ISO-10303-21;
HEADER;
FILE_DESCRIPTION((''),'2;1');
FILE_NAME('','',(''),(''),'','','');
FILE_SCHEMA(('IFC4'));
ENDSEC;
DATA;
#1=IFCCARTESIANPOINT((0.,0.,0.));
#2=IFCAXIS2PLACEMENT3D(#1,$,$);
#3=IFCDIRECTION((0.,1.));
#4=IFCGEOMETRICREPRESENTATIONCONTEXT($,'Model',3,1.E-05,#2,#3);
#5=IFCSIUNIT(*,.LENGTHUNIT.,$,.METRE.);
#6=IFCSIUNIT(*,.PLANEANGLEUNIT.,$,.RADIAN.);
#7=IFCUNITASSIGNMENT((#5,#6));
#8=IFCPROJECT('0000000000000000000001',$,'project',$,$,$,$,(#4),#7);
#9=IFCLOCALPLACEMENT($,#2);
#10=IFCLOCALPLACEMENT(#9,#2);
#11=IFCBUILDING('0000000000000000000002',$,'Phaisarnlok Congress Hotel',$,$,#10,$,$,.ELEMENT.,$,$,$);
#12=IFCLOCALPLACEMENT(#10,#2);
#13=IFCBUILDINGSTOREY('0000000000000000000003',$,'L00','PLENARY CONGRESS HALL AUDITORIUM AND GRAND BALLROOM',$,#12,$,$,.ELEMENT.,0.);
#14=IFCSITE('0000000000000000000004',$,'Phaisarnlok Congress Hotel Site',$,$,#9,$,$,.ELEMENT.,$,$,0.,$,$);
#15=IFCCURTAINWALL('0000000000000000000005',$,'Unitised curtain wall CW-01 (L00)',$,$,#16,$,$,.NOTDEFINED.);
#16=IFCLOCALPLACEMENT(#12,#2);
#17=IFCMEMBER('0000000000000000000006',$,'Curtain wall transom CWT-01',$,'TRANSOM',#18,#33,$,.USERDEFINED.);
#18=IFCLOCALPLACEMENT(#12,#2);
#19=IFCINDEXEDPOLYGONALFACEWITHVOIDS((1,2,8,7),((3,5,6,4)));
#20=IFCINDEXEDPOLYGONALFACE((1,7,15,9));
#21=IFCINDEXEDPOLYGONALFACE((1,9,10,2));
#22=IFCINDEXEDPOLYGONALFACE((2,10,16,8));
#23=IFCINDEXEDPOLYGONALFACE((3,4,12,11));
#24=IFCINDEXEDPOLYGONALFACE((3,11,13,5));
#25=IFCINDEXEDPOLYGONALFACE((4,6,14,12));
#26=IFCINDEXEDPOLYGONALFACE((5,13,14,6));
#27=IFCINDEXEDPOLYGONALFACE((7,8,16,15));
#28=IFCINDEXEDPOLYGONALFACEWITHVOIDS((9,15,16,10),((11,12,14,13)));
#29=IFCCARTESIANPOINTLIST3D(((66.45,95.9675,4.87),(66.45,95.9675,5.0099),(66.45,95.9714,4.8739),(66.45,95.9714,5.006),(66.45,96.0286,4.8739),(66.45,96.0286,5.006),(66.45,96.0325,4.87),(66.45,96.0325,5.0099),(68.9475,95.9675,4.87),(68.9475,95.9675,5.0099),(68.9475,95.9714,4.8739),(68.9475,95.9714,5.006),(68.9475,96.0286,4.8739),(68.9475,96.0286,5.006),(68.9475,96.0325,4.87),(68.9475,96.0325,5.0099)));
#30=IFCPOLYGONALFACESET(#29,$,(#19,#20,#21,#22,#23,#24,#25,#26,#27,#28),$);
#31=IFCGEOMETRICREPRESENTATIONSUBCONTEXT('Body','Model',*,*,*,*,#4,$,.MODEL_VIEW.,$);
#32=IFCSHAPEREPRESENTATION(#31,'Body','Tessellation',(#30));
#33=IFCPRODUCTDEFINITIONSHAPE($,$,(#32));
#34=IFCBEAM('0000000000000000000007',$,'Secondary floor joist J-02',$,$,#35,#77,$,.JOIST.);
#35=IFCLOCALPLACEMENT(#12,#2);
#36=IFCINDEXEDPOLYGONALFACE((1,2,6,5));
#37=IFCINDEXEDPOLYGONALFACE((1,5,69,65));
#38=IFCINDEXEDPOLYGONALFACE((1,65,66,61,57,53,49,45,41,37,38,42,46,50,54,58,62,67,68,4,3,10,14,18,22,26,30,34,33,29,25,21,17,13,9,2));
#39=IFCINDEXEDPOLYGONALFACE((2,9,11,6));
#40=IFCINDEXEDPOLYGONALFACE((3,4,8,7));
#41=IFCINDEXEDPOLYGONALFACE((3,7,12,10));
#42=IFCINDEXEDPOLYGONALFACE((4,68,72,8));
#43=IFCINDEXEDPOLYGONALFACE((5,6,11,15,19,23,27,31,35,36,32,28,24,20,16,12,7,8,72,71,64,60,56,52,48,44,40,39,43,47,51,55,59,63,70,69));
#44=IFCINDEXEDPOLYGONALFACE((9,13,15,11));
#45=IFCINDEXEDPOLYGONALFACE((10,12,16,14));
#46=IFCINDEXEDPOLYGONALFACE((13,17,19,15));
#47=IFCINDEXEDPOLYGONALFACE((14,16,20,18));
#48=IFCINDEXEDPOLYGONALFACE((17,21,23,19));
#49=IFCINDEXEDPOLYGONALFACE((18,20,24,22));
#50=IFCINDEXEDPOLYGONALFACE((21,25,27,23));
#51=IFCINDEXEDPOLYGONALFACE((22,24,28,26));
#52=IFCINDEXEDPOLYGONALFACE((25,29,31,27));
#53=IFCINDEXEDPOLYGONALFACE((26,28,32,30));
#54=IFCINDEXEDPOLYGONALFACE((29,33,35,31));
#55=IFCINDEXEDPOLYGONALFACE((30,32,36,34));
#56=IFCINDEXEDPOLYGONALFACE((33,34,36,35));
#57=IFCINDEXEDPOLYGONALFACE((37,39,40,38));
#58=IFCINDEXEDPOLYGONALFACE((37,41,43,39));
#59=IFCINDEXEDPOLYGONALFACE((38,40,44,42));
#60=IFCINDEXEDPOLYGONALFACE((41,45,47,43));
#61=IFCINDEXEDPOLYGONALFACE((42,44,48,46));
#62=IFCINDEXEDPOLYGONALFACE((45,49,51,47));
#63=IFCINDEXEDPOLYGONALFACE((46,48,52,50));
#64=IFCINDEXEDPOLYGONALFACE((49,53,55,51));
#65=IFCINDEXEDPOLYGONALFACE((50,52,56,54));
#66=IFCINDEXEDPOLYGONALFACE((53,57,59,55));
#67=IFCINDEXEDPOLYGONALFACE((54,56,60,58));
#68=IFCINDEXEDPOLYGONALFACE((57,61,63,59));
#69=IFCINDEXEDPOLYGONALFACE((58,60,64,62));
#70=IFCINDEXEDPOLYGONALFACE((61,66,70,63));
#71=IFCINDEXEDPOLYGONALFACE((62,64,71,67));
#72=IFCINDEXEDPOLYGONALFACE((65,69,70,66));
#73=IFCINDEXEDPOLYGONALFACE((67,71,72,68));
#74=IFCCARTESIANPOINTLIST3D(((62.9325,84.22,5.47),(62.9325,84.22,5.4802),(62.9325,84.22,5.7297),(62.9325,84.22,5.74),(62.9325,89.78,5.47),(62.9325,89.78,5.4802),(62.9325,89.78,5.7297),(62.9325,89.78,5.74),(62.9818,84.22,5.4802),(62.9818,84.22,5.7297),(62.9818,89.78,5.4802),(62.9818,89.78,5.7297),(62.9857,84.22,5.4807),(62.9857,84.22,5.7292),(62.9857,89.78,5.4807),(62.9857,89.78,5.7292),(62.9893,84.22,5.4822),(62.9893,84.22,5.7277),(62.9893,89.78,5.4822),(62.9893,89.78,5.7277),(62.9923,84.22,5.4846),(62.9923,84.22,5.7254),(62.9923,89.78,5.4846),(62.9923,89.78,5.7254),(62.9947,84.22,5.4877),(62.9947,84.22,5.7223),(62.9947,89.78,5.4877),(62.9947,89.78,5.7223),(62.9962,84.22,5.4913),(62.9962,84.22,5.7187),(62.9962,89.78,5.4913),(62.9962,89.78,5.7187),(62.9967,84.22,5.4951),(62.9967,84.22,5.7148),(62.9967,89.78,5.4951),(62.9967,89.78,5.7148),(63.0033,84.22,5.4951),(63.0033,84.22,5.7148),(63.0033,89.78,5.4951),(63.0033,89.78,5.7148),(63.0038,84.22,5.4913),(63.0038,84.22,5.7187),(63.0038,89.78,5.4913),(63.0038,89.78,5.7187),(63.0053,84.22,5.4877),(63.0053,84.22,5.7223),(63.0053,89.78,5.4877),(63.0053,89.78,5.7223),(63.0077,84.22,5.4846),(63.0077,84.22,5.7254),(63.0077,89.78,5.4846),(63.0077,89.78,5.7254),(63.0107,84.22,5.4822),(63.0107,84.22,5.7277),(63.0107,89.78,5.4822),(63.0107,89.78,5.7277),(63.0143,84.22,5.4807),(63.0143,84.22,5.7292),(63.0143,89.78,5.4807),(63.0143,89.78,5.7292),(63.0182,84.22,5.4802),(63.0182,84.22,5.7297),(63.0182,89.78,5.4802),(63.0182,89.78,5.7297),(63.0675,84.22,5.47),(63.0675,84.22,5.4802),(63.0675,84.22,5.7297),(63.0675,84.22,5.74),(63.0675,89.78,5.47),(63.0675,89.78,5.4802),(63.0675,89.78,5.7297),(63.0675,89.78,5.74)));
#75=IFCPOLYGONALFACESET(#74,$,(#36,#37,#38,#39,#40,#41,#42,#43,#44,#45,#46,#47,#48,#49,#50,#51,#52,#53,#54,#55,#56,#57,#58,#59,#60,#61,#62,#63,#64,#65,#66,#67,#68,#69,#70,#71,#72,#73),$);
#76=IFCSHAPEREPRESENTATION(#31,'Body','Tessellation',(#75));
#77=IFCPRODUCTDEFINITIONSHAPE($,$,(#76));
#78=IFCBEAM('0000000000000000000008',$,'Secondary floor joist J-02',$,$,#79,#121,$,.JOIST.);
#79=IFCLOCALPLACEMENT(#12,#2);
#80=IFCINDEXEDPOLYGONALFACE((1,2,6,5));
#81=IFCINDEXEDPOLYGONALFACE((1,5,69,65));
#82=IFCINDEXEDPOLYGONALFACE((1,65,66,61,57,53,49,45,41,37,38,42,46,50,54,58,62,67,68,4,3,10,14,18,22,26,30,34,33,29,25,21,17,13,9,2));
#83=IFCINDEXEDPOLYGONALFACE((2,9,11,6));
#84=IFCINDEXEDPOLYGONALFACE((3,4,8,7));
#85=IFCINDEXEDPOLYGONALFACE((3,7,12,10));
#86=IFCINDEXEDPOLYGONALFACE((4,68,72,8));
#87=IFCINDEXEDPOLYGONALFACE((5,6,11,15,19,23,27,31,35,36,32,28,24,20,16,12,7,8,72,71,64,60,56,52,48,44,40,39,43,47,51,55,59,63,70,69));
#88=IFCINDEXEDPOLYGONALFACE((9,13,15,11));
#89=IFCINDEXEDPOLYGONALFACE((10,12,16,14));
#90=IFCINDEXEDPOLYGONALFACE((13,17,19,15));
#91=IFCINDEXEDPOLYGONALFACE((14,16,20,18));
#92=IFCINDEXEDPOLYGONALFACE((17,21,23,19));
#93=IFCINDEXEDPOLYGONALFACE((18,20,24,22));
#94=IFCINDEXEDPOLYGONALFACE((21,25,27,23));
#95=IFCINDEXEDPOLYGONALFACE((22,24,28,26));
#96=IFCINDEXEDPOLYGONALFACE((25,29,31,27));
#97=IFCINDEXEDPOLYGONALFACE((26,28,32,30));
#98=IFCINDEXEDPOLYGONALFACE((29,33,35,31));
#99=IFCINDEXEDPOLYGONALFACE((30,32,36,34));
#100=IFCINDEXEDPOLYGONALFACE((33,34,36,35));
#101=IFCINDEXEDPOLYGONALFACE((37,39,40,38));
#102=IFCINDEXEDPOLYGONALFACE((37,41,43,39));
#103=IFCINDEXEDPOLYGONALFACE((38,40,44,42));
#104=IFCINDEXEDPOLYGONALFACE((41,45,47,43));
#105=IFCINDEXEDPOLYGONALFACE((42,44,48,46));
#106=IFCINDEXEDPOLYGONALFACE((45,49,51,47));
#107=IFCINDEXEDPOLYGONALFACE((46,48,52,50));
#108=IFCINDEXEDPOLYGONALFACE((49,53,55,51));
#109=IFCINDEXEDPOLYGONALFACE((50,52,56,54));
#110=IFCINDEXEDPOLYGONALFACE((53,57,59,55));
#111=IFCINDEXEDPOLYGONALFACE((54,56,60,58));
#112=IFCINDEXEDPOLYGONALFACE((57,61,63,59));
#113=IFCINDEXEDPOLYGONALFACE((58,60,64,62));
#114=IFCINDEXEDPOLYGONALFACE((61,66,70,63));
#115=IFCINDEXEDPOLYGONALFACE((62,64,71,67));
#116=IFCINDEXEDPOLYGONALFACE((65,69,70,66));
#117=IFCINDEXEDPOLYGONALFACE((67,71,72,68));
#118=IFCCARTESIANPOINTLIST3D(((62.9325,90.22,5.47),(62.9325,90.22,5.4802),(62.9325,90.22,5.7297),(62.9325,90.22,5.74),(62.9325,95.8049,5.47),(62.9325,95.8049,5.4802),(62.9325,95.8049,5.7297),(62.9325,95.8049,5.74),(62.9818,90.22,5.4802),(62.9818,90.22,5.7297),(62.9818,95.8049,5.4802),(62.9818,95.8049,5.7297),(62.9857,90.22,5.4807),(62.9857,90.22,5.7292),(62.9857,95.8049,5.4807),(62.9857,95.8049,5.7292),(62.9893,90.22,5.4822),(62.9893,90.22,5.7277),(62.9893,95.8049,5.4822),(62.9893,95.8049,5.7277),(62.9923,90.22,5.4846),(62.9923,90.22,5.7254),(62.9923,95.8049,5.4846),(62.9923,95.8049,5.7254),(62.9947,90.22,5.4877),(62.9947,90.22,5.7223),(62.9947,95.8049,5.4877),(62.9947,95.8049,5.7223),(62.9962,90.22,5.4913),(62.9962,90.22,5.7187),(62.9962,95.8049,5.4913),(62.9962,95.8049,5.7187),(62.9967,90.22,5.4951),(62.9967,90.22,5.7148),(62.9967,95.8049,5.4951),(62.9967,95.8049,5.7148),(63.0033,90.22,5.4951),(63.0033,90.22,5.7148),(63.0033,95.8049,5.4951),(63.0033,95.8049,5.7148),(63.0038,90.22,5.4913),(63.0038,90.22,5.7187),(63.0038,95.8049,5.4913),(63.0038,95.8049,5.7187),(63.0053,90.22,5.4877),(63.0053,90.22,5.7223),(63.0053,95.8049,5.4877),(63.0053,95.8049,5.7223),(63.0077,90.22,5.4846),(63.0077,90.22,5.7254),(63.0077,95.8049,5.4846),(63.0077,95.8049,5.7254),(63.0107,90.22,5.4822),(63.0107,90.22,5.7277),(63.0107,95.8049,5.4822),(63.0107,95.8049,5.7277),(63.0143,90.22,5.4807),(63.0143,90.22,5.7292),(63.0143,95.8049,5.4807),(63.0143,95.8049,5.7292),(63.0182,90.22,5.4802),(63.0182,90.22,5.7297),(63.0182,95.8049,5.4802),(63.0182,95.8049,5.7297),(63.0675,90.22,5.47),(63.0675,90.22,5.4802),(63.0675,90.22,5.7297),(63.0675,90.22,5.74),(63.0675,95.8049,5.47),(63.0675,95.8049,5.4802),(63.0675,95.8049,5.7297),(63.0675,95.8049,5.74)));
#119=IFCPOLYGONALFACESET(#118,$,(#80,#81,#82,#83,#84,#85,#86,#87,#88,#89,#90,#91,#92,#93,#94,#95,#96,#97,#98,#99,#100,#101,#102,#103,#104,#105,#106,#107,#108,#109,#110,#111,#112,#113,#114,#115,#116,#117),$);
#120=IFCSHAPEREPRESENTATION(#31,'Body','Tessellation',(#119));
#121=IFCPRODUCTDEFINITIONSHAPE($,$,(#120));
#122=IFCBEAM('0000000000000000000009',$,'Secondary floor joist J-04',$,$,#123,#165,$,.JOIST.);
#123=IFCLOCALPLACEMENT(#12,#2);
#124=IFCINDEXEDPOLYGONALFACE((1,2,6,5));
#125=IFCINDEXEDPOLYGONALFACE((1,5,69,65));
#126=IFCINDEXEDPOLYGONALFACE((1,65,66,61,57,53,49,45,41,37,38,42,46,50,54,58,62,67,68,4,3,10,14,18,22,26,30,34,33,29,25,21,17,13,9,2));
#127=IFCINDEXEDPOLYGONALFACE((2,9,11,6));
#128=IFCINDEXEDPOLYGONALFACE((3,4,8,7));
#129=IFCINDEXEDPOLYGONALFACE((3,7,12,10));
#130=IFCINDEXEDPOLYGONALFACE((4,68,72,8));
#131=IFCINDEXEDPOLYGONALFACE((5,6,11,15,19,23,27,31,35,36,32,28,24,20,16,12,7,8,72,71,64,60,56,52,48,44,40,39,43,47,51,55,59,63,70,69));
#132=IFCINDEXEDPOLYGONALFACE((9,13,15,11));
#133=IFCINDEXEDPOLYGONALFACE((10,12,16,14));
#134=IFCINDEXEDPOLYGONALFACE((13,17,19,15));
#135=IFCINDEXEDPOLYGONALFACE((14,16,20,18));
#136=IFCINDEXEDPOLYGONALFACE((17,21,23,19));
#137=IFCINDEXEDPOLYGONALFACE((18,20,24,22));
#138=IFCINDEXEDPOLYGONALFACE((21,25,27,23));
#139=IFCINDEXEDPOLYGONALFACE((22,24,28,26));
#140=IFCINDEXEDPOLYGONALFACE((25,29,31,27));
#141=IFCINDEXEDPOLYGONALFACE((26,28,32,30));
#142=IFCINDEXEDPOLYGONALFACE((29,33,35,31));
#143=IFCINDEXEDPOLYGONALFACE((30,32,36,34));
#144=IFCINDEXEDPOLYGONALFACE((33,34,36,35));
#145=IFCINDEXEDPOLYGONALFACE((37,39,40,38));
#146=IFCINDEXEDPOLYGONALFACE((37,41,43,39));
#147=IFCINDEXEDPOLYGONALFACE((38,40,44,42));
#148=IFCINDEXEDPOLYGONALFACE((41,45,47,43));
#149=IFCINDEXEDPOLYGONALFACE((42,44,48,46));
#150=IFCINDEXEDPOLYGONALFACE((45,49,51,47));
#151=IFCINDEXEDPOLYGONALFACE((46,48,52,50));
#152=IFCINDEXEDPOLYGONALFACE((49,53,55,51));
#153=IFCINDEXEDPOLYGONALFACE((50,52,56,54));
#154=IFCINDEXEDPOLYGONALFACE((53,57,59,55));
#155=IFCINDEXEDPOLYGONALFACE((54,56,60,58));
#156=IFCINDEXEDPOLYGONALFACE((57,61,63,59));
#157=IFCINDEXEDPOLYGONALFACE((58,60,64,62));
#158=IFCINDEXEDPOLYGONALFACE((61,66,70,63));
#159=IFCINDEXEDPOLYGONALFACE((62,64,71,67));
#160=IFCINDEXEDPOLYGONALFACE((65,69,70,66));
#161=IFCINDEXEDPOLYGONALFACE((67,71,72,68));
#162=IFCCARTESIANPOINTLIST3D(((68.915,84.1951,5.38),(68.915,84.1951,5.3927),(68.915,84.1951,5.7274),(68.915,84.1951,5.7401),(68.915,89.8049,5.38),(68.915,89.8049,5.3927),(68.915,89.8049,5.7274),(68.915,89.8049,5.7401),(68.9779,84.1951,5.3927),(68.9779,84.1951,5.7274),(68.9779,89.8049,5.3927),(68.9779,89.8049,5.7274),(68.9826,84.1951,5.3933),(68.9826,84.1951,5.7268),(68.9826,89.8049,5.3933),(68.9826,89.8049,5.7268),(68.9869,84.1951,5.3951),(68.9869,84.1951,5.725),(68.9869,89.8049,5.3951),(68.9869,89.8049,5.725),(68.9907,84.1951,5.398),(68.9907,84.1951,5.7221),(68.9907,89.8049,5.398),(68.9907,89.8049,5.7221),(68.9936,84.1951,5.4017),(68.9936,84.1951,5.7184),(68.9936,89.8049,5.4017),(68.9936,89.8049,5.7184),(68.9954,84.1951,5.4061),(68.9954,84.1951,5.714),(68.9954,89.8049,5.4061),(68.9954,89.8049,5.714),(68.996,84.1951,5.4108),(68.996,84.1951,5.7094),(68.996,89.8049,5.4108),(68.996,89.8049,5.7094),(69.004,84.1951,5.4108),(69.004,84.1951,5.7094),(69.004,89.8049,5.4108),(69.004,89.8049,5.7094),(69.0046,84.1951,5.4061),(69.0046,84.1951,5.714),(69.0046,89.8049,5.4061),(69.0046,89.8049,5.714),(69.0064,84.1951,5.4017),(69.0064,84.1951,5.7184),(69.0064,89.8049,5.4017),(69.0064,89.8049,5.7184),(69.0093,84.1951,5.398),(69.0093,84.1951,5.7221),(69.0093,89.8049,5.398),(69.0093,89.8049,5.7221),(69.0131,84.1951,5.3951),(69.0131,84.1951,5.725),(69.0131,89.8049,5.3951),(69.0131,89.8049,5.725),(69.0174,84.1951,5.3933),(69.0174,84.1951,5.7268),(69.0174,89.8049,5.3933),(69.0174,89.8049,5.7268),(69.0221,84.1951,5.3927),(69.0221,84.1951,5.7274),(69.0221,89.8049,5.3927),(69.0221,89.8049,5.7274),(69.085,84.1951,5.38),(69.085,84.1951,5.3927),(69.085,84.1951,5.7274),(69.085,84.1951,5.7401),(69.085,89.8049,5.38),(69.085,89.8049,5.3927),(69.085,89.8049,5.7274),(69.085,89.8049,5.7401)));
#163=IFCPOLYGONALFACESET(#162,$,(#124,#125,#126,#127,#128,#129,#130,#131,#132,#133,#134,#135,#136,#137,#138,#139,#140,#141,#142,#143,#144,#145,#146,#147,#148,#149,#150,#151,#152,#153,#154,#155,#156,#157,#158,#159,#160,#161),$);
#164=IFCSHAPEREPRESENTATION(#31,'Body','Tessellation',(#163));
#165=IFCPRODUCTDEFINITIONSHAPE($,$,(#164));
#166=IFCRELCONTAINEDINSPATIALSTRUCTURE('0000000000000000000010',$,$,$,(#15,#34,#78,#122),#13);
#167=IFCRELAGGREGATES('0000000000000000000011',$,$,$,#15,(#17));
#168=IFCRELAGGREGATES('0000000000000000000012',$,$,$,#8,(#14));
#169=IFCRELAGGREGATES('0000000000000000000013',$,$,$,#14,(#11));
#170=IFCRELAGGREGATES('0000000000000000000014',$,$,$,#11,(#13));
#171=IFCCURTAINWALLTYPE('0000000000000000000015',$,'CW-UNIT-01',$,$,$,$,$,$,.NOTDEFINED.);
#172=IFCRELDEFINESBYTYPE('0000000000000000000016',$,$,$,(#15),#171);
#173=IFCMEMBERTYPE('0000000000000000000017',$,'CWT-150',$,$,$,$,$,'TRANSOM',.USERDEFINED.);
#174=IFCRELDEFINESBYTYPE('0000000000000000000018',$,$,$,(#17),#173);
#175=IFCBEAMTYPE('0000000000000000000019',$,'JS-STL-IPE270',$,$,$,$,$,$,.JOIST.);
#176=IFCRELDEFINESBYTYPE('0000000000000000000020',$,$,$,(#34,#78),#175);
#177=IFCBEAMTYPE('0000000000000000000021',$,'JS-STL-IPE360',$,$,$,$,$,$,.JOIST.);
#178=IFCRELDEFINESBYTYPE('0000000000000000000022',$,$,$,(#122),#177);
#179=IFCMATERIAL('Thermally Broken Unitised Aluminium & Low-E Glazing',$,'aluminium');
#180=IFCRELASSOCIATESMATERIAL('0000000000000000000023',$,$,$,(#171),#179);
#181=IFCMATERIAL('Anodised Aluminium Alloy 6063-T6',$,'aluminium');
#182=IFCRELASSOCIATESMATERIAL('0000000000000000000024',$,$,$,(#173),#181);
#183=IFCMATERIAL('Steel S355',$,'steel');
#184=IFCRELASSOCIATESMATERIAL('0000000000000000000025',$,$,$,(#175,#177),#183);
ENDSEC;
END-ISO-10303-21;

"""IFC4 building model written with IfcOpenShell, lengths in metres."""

from ifc_helpers import new_model, si_unit, direction, frame, origin, origin_2d, place, context, subcontext, project, spatial, hollow_rectangle, i_section, extrude, material, material_profile, profile_set, type_object, element, aggregate, save


model = new_model("IFC4")

# Units and contexts
model_context = context("Model", 3, precision=1e-05, world=origin(), true_north=direction((0.0, 1.0)))
body_context = subcontext(model_context, "Body", "Model", "MODEL_VIEW")
ifc_project = project(units=[si_unit("LENGTHUNIT", "METRE"), si_unit("PLANEANGLEUNIT", "RADIAN")], contexts=[model_context])

# Site, building, storey
site_placement = place(None, origin())
site = spatial("IfcSite", under=ifc_project, at=site_placement, Name="Phaisarnlok Congress Hotel Site", CompositionType="ELEMENT", RefElevation=0.0)
building_placement = place(site_placement, origin())
building = spatial("IfcBuilding", under=site, at=building_placement, Name="Phaisarnlok Congress Hotel", CompositionType="ELEMENT")
storey_placement = place(building_placement, origin())
storey = spatial("IfcBuildingStorey", under=building, at=storey_placement, Name="L00", Description="PLENARY CONGRESS HALL AUDITORIUM AND GRAND BALLROOM", CompositionType="ELEMENT", Elevation=0.0)

# Shared definitions
ifc_material_1 = material(Name="Steel S355", Category="steel")

# Curtain wall, member
ifc_material_2 = material(Name="Thermally Broken Unitised Aluminium & Low-E Glazing", Category="aluminium")
curtain_wall_type = type_object("IfcCurtainWallType", Name="CW-UNIT-01", PredefinedType="NOTDEFINED", material=ifc_material_2)
curtain_wall_placement = place(storey_placement, origin())
curtain_wall = element("IfcCurtainWall", 1, at=curtain_wall_placement, inside=storey, type_object=curtain_wall_type, Name="Unitised curtain wall CW-01 (L00)", PredefinedType="NOTDEFINED")
ifc_material_3 = material(Name="Anodised Aluminium Alloy 6063-T6", Category="aluminium")
ifc_material_profile_1 = material_profile(ifc_material_3, hollow_rectangle(XDim=0.0649, YDim=0.1399, WallThickness=0.0039, at=origin_2d()), Name="ALU-T 65x140x4")
ifc_profile_set_1 = profile_set([ifc_material_profile_1], Name="Anodised Aluminium Alloy 6063-T6")
member_type_1 = type_object("IfcMemberType", Name="CWT-150", ElementType="TRANSOM", PredefinedType="USERDEFINED", material=ifc_profile_set_1)
member_1_placement = place(storey_placement, frame((68.9475, 96.0, 4.9399), z_axis=(-1.0, 0.0, 0.0), x_axis=(0.0, -1.0, 0.0)))
member_1 = element("IfcMember", 2, at=member_1_placement, type_object=member_type_1, Name="Curtain wall transom CWT-01", ObjectType="TRANSOM", PredefinedType="USERDEFINED", context=body_context, shape_type="SweptSolid", body=[
    extrude(hollow_rectangle(XDim=0.0649, YDim=0.1399, WallThickness=0.0039, at=origin_2d()), origin(), (0.0, 0.0, 1.0), 2.4976),
])

# Beams
ifc_material_profile_2 = material_profile(ifc_material_1, i_section(OverallWidth=0.135, OverallDepth=0.27, WebThickness=0.0066, FlangeThickness=0.0103, FilletRadius=0.0149, at=origin_2d()), Name="IPE 270")
ifc_profile_set_2 = profile_set([ifc_material_profile_2], Name="Steel S355")
beam_type_1 = type_object("IfcBeamType", Name="JS-STL-IPE270", PredefinedType="JOIST", material=ifc_profile_set_2)
beam_1_placement = place(storey_placement, frame((63.0, 84.22, 5.605), z_axis=(0.0, 1.0, 0.0), x_axis=(-1.0, 0.0, 0.0)))
element("IfcBeam", 3, at=beam_1_placement, inside=storey, type_object=beam_type_1, Name="Secondary floor joist J-02", PredefinedType="JOIST", context=body_context, shape_type="SweptSolid", body=[
    extrude(i_section(OverallWidth=0.135, OverallDepth=0.27, WebThickness=0.0066, FlangeThickness=0.0103, FilletRadius=0.0149, at=origin_2d()), origin(), (0.0, 0.0, 1.0), 5.5601),
])
beam_2_placement = place(storey_placement, frame((63.0, 90.22, 5.605), z_axis=(0.0, 1.0, 0.0), x_axis=(-1.0, 0.0, 0.0)))
element("IfcBeam", 4, at=beam_2_placement, inside=storey, type_object=beam_type_1, Name="Secondary floor joist J-02", PredefinedType="JOIST", context=body_context, shape_type="SweptSolid", body=[
    extrude(i_section(OverallWidth=0.135, OverallDepth=0.27, WebThickness=0.0066, FlangeThickness=0.0103, FilletRadius=0.0149, at=origin_2d()), origin(), (0.0, 0.0, 1.0), 5.585),
])
ifc_material_profile_3 = material_profile(ifc_material_1, i_section(OverallWidth=0.1699, OverallDepth=0.3601, WebThickness=0.0081, FlangeThickness=0.0127, FilletRadius=0.0181, at=origin_2d()), Name="IPE 360")
ifc_profile_set_3 = profile_set([ifc_material_profile_3], Name="Steel S355")
beam_type_2 = type_object("IfcBeamType", Name="JS-STL-IPE360", PredefinedType="JOIST", material=ifc_profile_set_3)
for number, where, z_axis, x_axis, name in (
    (5, (69.0, 84.1951, 5.5601), (0.0, 1.0, 0.0), (-1.0, 0.0, 0.0), "Secondary floor joist J-04"),
):
    element("IfcBeam", number, at=place(storey_placement, frame(where, z_axis=z_axis, x_axis=x_axis)), inside=storey, type_object=beam_type_2, Name=name, PredefinedType="JOIST", context=body_context, shape_type="SweptSolid", body=[
        extrude(i_section(OverallWidth=0.1699, OverallDepth=0.3601, WebThickness=0.0081, FlangeThickness=0.0127, FilletRadius=0.0181, at=origin_2d()), origin(), (0.0, 0.0, 1.0), 5.6099),
    ])

aggregate(curtain_wall, [member_1])

save(model, "model.ifc")
